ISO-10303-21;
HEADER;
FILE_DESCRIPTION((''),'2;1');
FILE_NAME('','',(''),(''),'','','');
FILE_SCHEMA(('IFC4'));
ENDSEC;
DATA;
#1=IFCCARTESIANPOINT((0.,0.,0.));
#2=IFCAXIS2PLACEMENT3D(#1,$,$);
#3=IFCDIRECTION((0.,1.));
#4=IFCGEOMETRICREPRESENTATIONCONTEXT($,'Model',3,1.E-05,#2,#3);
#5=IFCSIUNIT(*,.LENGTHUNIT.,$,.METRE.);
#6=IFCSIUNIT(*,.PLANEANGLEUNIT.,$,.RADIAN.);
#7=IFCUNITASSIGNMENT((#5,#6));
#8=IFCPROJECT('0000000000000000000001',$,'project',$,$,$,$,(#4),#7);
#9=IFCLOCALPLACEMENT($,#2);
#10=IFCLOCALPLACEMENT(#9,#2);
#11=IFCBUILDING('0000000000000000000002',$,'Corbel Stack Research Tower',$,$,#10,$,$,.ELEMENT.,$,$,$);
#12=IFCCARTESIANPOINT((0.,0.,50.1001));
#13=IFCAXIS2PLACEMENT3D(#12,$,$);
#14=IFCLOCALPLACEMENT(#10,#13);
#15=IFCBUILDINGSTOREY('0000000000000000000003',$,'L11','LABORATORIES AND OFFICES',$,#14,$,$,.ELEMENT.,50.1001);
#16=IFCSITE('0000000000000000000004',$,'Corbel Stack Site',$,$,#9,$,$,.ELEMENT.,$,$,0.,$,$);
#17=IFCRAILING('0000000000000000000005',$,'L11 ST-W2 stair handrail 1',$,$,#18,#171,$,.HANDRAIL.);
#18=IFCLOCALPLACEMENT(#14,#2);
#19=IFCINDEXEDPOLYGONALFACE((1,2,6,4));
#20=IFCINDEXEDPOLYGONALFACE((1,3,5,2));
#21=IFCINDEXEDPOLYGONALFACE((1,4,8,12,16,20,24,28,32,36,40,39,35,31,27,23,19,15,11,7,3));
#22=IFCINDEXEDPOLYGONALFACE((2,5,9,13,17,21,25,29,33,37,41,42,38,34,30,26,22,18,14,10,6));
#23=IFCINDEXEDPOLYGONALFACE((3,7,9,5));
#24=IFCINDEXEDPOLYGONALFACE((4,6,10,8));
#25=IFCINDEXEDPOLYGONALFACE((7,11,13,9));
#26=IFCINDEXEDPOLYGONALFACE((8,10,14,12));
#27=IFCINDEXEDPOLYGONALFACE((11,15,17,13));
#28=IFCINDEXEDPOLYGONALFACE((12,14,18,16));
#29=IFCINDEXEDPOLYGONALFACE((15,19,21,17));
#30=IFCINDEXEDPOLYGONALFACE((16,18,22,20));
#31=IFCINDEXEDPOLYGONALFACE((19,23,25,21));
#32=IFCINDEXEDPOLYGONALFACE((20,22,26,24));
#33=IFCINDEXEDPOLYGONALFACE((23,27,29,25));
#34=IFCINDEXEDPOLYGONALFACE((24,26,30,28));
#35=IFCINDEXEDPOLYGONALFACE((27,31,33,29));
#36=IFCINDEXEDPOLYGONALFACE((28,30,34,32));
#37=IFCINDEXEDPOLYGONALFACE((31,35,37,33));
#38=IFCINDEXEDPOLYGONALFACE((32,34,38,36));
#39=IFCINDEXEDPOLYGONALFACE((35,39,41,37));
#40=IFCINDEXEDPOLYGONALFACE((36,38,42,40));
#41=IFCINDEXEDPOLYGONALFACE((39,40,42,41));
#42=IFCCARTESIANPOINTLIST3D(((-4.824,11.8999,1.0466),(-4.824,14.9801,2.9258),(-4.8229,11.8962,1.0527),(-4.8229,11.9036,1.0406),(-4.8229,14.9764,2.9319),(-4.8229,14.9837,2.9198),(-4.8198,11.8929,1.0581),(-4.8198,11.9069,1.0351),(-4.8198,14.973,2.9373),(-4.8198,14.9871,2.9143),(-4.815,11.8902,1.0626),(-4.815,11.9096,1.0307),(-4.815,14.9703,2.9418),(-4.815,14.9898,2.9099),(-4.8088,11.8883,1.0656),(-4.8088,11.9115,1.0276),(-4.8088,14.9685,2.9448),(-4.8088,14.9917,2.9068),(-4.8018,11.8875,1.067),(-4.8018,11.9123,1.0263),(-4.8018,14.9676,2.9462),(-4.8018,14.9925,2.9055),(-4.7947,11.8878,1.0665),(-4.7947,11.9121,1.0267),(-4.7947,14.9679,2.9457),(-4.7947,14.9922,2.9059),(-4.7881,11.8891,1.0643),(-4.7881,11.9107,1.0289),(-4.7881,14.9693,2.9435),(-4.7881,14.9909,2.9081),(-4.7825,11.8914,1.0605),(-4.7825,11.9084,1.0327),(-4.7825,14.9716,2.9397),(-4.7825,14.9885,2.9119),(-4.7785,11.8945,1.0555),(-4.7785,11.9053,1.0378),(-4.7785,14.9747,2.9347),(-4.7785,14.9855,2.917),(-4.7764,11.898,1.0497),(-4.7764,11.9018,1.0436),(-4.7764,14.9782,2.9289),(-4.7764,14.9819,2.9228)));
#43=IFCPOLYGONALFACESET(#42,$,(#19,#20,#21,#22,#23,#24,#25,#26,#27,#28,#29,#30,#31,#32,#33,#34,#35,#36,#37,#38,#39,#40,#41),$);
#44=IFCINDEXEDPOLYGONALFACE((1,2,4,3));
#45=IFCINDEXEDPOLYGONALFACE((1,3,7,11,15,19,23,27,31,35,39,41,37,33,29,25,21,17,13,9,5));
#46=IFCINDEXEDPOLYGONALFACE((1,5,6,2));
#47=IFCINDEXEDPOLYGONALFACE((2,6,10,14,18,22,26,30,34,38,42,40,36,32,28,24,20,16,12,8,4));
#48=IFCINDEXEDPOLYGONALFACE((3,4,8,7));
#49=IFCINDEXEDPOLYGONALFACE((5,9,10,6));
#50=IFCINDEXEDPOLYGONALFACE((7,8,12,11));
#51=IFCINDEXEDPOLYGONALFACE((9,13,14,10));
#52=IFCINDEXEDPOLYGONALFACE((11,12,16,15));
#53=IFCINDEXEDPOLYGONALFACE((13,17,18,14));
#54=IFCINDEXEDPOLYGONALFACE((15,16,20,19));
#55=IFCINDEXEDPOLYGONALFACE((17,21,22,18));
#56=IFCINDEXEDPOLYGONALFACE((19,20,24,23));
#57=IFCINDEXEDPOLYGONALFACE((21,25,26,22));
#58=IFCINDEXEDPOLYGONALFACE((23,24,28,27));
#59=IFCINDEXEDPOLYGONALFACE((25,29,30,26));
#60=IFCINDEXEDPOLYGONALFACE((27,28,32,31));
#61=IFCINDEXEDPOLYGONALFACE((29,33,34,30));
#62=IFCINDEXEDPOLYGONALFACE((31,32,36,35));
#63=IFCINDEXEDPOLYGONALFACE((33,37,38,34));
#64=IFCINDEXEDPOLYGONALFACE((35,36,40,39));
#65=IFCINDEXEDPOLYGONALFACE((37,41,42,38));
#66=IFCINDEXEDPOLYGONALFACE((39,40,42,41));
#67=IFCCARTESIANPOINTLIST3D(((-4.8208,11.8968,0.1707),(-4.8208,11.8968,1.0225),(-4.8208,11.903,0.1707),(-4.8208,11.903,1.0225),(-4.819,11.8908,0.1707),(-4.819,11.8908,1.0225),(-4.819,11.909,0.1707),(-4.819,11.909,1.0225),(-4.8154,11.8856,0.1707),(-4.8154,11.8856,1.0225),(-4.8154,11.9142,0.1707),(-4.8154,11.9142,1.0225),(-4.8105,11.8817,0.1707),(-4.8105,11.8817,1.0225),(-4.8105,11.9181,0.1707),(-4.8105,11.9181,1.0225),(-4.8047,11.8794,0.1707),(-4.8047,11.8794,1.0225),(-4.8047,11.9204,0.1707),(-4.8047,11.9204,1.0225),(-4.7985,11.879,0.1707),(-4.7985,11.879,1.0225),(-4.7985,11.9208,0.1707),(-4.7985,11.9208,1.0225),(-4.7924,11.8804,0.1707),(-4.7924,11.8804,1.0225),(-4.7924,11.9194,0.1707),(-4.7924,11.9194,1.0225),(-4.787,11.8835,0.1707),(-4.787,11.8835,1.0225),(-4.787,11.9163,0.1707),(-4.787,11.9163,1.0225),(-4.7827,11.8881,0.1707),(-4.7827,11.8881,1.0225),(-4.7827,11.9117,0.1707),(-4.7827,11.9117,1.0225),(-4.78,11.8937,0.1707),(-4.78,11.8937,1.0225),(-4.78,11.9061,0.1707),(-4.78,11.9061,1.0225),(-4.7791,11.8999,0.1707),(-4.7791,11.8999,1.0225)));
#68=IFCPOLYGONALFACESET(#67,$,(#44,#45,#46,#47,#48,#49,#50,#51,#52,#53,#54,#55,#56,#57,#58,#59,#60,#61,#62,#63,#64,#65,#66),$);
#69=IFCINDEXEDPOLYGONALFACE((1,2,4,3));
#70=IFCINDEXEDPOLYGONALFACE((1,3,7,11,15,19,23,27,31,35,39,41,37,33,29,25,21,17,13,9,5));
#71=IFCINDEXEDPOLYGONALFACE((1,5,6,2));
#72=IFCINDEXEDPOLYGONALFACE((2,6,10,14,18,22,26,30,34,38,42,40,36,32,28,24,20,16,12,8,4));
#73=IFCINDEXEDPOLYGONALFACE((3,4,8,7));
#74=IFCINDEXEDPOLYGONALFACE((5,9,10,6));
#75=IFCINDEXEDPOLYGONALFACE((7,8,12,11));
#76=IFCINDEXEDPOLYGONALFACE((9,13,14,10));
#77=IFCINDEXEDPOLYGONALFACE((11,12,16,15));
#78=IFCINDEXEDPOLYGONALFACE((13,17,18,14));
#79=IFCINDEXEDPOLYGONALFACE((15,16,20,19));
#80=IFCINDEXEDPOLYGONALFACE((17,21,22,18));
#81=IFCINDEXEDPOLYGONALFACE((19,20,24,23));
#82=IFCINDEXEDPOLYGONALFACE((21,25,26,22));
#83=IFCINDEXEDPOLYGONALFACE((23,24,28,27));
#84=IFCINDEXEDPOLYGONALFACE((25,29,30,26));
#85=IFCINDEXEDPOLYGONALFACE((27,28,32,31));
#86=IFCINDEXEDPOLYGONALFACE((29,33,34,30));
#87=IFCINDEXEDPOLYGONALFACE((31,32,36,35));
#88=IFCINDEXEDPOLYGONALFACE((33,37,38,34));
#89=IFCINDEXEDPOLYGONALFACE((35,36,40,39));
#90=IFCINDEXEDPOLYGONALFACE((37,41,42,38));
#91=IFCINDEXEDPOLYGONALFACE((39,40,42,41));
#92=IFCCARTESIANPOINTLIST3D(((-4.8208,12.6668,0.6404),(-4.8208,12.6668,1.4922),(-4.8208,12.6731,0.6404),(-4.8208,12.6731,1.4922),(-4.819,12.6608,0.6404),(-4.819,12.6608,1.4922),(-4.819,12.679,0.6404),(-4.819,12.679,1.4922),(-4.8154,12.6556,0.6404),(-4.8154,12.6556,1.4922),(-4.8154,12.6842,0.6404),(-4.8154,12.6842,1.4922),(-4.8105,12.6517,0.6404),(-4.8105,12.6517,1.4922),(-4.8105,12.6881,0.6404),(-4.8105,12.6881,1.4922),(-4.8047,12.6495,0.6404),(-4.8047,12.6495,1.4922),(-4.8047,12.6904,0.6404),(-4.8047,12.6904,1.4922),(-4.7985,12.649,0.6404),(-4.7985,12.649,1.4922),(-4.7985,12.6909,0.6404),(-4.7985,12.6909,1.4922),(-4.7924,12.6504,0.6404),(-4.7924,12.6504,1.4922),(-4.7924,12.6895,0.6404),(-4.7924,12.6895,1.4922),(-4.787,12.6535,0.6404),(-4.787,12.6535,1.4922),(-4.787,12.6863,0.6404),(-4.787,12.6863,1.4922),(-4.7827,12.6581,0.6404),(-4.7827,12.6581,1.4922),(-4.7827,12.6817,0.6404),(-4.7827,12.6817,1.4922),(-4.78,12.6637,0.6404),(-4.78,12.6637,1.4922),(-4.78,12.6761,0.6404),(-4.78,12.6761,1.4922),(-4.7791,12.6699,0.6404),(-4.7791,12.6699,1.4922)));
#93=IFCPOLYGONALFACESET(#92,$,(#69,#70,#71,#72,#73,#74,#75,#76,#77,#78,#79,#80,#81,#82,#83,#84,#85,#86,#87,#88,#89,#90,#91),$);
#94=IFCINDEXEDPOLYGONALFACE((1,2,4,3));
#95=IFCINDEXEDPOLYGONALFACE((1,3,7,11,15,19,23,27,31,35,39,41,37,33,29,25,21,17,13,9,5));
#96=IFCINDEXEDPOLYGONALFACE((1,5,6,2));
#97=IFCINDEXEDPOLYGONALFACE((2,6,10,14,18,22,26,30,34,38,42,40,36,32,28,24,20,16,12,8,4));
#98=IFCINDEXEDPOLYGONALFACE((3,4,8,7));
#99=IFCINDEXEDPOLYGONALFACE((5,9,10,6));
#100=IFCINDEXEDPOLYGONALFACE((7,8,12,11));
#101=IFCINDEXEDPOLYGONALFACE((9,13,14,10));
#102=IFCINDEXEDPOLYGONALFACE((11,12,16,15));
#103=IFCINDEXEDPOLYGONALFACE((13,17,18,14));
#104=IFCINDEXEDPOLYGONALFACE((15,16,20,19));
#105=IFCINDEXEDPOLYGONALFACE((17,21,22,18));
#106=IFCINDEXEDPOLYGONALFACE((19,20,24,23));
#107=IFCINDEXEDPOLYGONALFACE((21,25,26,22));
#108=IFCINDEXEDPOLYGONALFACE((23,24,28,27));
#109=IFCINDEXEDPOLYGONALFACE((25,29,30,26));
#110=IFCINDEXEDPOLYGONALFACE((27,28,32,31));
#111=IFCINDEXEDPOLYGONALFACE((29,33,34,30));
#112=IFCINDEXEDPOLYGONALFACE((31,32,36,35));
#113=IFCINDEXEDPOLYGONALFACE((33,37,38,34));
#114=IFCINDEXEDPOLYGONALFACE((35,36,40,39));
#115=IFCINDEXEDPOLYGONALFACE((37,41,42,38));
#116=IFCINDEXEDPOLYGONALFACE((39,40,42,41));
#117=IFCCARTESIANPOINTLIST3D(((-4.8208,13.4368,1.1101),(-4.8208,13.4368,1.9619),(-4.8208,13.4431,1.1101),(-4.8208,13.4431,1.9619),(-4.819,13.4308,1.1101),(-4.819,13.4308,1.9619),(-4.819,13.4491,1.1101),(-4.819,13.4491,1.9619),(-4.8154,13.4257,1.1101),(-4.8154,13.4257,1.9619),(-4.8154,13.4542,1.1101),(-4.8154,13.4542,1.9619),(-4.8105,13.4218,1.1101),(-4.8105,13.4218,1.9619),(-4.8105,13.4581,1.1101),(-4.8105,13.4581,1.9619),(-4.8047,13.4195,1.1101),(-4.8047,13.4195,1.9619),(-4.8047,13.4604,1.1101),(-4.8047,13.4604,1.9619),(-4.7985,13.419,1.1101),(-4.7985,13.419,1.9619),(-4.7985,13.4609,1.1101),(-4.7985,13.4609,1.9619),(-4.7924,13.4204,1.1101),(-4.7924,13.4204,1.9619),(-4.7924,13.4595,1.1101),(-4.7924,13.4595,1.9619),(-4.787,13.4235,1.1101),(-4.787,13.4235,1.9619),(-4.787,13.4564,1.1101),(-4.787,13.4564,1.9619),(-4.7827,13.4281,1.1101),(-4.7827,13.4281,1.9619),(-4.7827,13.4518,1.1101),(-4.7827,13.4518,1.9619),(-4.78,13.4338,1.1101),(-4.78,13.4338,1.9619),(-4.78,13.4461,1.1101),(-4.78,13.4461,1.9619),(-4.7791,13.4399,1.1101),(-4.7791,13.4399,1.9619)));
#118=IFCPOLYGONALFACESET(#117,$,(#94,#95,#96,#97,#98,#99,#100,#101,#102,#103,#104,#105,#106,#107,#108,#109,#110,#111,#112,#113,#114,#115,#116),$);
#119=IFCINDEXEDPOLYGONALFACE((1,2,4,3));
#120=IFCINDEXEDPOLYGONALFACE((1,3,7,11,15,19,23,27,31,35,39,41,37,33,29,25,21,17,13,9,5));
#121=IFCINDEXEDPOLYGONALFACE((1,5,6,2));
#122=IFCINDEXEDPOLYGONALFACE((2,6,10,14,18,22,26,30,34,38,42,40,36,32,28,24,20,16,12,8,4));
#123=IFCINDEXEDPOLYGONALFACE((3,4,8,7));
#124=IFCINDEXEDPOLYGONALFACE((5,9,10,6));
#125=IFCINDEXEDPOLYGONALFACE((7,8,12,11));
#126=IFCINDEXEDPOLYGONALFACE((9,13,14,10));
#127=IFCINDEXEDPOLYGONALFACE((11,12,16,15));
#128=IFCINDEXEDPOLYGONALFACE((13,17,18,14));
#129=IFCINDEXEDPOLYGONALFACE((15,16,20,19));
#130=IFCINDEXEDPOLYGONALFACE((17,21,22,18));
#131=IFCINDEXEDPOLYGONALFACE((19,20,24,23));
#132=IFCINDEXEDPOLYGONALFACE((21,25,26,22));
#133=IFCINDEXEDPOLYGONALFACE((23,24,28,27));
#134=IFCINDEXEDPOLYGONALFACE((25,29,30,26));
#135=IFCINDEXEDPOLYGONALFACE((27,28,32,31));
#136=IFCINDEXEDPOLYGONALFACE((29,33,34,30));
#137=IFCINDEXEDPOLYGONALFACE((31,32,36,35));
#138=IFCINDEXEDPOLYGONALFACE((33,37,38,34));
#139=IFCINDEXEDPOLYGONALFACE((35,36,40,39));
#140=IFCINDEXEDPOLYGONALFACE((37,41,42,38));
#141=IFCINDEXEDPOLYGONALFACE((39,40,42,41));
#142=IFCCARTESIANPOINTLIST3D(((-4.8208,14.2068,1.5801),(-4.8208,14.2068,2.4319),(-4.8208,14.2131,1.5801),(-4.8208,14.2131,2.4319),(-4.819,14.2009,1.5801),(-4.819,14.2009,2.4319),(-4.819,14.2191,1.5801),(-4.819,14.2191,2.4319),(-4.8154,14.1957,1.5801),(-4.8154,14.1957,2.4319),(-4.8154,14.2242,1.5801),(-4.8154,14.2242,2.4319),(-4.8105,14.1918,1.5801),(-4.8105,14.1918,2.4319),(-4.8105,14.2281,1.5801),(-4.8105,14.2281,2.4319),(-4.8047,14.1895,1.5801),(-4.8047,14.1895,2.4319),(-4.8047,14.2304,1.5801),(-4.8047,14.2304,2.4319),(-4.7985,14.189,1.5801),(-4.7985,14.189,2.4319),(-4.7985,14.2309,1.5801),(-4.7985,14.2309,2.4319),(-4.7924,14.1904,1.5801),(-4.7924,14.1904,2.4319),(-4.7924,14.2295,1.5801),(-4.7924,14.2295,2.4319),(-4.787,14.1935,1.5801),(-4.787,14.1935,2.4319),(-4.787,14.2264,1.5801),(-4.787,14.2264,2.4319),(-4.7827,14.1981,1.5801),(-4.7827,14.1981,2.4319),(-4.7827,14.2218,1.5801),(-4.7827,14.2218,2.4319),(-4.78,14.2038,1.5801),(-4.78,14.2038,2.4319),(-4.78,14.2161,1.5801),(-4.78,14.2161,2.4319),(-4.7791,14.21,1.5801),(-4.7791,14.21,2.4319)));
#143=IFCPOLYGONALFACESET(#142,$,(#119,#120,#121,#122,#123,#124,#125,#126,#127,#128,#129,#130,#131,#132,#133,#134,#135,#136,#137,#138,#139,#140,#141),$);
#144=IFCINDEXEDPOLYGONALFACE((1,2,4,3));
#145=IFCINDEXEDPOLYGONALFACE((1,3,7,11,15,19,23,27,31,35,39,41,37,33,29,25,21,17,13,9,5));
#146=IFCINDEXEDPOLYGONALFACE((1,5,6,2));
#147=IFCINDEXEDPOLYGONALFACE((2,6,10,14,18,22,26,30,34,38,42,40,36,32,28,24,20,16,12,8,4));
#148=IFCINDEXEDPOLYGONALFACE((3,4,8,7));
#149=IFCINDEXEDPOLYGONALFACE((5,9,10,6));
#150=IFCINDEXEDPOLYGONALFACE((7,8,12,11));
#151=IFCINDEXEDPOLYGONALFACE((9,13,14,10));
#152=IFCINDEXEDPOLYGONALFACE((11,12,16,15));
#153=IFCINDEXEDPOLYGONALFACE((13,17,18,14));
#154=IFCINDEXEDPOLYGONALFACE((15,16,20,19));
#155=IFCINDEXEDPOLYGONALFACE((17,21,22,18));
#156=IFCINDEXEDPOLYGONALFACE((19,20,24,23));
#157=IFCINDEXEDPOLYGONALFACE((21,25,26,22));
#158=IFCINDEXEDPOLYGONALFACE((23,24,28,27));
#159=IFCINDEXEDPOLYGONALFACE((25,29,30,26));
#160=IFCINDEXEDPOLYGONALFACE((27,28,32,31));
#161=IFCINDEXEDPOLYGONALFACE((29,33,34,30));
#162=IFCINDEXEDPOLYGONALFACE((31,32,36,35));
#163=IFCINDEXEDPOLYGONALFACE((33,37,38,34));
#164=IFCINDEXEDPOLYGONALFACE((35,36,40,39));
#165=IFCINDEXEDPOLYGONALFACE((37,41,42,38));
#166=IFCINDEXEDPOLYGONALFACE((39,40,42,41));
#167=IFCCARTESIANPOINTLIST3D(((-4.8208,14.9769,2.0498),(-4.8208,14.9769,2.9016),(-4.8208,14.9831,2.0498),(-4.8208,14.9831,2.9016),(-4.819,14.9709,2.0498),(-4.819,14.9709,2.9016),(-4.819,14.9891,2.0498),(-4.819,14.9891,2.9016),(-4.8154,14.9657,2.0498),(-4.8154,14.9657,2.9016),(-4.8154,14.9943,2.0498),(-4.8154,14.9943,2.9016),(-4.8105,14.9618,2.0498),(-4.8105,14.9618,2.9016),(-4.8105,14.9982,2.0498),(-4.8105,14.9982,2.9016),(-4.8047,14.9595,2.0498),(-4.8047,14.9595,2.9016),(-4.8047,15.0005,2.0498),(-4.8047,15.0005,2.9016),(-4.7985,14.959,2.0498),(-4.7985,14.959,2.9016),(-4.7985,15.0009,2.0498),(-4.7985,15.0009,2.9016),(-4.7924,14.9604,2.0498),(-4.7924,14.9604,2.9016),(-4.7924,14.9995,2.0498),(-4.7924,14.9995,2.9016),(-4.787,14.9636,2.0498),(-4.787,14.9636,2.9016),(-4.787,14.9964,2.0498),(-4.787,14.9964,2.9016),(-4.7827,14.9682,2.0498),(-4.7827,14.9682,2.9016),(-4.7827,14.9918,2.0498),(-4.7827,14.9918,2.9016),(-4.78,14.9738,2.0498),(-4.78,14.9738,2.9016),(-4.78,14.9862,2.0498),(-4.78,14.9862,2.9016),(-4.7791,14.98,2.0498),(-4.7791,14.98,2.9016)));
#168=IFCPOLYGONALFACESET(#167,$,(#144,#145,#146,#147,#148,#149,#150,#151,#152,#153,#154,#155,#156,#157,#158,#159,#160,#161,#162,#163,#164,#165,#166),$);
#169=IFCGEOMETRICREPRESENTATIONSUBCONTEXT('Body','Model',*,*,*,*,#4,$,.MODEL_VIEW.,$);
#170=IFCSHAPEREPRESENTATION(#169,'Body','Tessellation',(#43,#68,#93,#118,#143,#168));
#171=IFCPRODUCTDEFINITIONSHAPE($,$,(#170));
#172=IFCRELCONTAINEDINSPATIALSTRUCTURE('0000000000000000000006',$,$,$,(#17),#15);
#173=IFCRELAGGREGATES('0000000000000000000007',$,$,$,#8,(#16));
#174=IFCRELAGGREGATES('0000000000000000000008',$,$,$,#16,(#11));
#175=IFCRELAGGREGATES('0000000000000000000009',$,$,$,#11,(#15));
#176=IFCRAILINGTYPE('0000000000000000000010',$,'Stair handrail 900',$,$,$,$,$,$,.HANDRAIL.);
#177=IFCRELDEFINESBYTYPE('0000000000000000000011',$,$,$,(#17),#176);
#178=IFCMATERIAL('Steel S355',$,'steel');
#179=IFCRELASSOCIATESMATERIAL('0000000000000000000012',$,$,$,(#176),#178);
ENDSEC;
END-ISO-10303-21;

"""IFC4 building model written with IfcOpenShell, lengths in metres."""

from ifc_helpers import new_model, si_unit, direction, frame, origin, origin_2d, place, context, subcontext, project, spatial, circle, extrude, material, type_object, element, save


model = new_model("IFC4")

# Units and contexts
model_context = context("Model", 3, precision=1e-05, world=origin(), true_north=direction((0.0, 1.0)))
body_context = subcontext(model_context, "Body", "Model", "MODEL_VIEW")
ifc_project = project(units=[si_unit("LENGTHUNIT", "METRE"), si_unit("PLANEANGLEUNIT", "RADIAN")], contexts=[model_context])

# Site, building, storey
site_placement = place(None, origin())
site = spatial("IfcSite", under=ifc_project, at=site_placement, Name="Corbel Stack Site", CompositionType="ELEMENT", RefElevation=0.0)
building_placement = place(site_placement, origin())
building = spatial("IfcBuilding", under=site, at=building_placement, Name="Corbel Stack Research Tower", CompositionType="ELEMENT")
storey_placement = place(building_placement, frame((0.0, 0.0, 50.1001)))
storey = spatial("IfcBuildingStorey", under=building, at=storey_placement, Name="L11", Description="LABORATORIES AND OFFICES", CompositionType="ELEMENT", Elevation=50.1001)

# Railing
ifc_material_1 = material(Name="Steel S355", Category="steel")
railing_type_1 = type_object("IfcRailingType", Name="Stair handrail 900", PredefinedType="HANDRAIL", material=ifc_material_1)
railing_1_placement = place(storey_placement, frame((-4.8, 11.8999, 0.1707)))
element("IfcRailing", 1, at=railing_1_placement, inside=storey, type_object=railing_type_1, Name="L11 ST-W2 stair handrail 1", PredefinedType="HANDRAIL", context=body_context, shape_type="SweptSolid", body=[
    extrude(circle(Radius=0.0239, at=origin_2d()), frame((0.0, 0.0, 0.876), z_axis=(0.0, 0.853666, 0.52082), x_axis=(-1.0, 0.0, 0.0)), (0.0, 0.0, 1.0), 3.6082),
    extrude(circle(Radius=0.021, at=origin_2d()), origin(), (0.0, 0.0, 1.0), 0.8518),
    extrude(circle(Radius=0.021, at=origin_2d()), frame((0.0, 0.77, 0.4697)), (0.0, 0.0, 1.0), 0.8518),
    extrude(circle(Radius=0.021, at=origin_2d()), frame((0.0, 1.54, 0.9395)), (0.0, 0.0, 1.0), 0.8518),
    extrude(circle(Radius=0.021, at=origin_2d()), frame((0.0, 2.3101, 1.4094)), (0.0, 0.0, 1.0), 0.8518),
    extrude(circle(Radius=0.021, at=origin_2d()), frame((0.0, 3.0801, 1.8792)), (0.0, 0.0, 1.0), 0.8518),
])

save(model, "model.ifc")
